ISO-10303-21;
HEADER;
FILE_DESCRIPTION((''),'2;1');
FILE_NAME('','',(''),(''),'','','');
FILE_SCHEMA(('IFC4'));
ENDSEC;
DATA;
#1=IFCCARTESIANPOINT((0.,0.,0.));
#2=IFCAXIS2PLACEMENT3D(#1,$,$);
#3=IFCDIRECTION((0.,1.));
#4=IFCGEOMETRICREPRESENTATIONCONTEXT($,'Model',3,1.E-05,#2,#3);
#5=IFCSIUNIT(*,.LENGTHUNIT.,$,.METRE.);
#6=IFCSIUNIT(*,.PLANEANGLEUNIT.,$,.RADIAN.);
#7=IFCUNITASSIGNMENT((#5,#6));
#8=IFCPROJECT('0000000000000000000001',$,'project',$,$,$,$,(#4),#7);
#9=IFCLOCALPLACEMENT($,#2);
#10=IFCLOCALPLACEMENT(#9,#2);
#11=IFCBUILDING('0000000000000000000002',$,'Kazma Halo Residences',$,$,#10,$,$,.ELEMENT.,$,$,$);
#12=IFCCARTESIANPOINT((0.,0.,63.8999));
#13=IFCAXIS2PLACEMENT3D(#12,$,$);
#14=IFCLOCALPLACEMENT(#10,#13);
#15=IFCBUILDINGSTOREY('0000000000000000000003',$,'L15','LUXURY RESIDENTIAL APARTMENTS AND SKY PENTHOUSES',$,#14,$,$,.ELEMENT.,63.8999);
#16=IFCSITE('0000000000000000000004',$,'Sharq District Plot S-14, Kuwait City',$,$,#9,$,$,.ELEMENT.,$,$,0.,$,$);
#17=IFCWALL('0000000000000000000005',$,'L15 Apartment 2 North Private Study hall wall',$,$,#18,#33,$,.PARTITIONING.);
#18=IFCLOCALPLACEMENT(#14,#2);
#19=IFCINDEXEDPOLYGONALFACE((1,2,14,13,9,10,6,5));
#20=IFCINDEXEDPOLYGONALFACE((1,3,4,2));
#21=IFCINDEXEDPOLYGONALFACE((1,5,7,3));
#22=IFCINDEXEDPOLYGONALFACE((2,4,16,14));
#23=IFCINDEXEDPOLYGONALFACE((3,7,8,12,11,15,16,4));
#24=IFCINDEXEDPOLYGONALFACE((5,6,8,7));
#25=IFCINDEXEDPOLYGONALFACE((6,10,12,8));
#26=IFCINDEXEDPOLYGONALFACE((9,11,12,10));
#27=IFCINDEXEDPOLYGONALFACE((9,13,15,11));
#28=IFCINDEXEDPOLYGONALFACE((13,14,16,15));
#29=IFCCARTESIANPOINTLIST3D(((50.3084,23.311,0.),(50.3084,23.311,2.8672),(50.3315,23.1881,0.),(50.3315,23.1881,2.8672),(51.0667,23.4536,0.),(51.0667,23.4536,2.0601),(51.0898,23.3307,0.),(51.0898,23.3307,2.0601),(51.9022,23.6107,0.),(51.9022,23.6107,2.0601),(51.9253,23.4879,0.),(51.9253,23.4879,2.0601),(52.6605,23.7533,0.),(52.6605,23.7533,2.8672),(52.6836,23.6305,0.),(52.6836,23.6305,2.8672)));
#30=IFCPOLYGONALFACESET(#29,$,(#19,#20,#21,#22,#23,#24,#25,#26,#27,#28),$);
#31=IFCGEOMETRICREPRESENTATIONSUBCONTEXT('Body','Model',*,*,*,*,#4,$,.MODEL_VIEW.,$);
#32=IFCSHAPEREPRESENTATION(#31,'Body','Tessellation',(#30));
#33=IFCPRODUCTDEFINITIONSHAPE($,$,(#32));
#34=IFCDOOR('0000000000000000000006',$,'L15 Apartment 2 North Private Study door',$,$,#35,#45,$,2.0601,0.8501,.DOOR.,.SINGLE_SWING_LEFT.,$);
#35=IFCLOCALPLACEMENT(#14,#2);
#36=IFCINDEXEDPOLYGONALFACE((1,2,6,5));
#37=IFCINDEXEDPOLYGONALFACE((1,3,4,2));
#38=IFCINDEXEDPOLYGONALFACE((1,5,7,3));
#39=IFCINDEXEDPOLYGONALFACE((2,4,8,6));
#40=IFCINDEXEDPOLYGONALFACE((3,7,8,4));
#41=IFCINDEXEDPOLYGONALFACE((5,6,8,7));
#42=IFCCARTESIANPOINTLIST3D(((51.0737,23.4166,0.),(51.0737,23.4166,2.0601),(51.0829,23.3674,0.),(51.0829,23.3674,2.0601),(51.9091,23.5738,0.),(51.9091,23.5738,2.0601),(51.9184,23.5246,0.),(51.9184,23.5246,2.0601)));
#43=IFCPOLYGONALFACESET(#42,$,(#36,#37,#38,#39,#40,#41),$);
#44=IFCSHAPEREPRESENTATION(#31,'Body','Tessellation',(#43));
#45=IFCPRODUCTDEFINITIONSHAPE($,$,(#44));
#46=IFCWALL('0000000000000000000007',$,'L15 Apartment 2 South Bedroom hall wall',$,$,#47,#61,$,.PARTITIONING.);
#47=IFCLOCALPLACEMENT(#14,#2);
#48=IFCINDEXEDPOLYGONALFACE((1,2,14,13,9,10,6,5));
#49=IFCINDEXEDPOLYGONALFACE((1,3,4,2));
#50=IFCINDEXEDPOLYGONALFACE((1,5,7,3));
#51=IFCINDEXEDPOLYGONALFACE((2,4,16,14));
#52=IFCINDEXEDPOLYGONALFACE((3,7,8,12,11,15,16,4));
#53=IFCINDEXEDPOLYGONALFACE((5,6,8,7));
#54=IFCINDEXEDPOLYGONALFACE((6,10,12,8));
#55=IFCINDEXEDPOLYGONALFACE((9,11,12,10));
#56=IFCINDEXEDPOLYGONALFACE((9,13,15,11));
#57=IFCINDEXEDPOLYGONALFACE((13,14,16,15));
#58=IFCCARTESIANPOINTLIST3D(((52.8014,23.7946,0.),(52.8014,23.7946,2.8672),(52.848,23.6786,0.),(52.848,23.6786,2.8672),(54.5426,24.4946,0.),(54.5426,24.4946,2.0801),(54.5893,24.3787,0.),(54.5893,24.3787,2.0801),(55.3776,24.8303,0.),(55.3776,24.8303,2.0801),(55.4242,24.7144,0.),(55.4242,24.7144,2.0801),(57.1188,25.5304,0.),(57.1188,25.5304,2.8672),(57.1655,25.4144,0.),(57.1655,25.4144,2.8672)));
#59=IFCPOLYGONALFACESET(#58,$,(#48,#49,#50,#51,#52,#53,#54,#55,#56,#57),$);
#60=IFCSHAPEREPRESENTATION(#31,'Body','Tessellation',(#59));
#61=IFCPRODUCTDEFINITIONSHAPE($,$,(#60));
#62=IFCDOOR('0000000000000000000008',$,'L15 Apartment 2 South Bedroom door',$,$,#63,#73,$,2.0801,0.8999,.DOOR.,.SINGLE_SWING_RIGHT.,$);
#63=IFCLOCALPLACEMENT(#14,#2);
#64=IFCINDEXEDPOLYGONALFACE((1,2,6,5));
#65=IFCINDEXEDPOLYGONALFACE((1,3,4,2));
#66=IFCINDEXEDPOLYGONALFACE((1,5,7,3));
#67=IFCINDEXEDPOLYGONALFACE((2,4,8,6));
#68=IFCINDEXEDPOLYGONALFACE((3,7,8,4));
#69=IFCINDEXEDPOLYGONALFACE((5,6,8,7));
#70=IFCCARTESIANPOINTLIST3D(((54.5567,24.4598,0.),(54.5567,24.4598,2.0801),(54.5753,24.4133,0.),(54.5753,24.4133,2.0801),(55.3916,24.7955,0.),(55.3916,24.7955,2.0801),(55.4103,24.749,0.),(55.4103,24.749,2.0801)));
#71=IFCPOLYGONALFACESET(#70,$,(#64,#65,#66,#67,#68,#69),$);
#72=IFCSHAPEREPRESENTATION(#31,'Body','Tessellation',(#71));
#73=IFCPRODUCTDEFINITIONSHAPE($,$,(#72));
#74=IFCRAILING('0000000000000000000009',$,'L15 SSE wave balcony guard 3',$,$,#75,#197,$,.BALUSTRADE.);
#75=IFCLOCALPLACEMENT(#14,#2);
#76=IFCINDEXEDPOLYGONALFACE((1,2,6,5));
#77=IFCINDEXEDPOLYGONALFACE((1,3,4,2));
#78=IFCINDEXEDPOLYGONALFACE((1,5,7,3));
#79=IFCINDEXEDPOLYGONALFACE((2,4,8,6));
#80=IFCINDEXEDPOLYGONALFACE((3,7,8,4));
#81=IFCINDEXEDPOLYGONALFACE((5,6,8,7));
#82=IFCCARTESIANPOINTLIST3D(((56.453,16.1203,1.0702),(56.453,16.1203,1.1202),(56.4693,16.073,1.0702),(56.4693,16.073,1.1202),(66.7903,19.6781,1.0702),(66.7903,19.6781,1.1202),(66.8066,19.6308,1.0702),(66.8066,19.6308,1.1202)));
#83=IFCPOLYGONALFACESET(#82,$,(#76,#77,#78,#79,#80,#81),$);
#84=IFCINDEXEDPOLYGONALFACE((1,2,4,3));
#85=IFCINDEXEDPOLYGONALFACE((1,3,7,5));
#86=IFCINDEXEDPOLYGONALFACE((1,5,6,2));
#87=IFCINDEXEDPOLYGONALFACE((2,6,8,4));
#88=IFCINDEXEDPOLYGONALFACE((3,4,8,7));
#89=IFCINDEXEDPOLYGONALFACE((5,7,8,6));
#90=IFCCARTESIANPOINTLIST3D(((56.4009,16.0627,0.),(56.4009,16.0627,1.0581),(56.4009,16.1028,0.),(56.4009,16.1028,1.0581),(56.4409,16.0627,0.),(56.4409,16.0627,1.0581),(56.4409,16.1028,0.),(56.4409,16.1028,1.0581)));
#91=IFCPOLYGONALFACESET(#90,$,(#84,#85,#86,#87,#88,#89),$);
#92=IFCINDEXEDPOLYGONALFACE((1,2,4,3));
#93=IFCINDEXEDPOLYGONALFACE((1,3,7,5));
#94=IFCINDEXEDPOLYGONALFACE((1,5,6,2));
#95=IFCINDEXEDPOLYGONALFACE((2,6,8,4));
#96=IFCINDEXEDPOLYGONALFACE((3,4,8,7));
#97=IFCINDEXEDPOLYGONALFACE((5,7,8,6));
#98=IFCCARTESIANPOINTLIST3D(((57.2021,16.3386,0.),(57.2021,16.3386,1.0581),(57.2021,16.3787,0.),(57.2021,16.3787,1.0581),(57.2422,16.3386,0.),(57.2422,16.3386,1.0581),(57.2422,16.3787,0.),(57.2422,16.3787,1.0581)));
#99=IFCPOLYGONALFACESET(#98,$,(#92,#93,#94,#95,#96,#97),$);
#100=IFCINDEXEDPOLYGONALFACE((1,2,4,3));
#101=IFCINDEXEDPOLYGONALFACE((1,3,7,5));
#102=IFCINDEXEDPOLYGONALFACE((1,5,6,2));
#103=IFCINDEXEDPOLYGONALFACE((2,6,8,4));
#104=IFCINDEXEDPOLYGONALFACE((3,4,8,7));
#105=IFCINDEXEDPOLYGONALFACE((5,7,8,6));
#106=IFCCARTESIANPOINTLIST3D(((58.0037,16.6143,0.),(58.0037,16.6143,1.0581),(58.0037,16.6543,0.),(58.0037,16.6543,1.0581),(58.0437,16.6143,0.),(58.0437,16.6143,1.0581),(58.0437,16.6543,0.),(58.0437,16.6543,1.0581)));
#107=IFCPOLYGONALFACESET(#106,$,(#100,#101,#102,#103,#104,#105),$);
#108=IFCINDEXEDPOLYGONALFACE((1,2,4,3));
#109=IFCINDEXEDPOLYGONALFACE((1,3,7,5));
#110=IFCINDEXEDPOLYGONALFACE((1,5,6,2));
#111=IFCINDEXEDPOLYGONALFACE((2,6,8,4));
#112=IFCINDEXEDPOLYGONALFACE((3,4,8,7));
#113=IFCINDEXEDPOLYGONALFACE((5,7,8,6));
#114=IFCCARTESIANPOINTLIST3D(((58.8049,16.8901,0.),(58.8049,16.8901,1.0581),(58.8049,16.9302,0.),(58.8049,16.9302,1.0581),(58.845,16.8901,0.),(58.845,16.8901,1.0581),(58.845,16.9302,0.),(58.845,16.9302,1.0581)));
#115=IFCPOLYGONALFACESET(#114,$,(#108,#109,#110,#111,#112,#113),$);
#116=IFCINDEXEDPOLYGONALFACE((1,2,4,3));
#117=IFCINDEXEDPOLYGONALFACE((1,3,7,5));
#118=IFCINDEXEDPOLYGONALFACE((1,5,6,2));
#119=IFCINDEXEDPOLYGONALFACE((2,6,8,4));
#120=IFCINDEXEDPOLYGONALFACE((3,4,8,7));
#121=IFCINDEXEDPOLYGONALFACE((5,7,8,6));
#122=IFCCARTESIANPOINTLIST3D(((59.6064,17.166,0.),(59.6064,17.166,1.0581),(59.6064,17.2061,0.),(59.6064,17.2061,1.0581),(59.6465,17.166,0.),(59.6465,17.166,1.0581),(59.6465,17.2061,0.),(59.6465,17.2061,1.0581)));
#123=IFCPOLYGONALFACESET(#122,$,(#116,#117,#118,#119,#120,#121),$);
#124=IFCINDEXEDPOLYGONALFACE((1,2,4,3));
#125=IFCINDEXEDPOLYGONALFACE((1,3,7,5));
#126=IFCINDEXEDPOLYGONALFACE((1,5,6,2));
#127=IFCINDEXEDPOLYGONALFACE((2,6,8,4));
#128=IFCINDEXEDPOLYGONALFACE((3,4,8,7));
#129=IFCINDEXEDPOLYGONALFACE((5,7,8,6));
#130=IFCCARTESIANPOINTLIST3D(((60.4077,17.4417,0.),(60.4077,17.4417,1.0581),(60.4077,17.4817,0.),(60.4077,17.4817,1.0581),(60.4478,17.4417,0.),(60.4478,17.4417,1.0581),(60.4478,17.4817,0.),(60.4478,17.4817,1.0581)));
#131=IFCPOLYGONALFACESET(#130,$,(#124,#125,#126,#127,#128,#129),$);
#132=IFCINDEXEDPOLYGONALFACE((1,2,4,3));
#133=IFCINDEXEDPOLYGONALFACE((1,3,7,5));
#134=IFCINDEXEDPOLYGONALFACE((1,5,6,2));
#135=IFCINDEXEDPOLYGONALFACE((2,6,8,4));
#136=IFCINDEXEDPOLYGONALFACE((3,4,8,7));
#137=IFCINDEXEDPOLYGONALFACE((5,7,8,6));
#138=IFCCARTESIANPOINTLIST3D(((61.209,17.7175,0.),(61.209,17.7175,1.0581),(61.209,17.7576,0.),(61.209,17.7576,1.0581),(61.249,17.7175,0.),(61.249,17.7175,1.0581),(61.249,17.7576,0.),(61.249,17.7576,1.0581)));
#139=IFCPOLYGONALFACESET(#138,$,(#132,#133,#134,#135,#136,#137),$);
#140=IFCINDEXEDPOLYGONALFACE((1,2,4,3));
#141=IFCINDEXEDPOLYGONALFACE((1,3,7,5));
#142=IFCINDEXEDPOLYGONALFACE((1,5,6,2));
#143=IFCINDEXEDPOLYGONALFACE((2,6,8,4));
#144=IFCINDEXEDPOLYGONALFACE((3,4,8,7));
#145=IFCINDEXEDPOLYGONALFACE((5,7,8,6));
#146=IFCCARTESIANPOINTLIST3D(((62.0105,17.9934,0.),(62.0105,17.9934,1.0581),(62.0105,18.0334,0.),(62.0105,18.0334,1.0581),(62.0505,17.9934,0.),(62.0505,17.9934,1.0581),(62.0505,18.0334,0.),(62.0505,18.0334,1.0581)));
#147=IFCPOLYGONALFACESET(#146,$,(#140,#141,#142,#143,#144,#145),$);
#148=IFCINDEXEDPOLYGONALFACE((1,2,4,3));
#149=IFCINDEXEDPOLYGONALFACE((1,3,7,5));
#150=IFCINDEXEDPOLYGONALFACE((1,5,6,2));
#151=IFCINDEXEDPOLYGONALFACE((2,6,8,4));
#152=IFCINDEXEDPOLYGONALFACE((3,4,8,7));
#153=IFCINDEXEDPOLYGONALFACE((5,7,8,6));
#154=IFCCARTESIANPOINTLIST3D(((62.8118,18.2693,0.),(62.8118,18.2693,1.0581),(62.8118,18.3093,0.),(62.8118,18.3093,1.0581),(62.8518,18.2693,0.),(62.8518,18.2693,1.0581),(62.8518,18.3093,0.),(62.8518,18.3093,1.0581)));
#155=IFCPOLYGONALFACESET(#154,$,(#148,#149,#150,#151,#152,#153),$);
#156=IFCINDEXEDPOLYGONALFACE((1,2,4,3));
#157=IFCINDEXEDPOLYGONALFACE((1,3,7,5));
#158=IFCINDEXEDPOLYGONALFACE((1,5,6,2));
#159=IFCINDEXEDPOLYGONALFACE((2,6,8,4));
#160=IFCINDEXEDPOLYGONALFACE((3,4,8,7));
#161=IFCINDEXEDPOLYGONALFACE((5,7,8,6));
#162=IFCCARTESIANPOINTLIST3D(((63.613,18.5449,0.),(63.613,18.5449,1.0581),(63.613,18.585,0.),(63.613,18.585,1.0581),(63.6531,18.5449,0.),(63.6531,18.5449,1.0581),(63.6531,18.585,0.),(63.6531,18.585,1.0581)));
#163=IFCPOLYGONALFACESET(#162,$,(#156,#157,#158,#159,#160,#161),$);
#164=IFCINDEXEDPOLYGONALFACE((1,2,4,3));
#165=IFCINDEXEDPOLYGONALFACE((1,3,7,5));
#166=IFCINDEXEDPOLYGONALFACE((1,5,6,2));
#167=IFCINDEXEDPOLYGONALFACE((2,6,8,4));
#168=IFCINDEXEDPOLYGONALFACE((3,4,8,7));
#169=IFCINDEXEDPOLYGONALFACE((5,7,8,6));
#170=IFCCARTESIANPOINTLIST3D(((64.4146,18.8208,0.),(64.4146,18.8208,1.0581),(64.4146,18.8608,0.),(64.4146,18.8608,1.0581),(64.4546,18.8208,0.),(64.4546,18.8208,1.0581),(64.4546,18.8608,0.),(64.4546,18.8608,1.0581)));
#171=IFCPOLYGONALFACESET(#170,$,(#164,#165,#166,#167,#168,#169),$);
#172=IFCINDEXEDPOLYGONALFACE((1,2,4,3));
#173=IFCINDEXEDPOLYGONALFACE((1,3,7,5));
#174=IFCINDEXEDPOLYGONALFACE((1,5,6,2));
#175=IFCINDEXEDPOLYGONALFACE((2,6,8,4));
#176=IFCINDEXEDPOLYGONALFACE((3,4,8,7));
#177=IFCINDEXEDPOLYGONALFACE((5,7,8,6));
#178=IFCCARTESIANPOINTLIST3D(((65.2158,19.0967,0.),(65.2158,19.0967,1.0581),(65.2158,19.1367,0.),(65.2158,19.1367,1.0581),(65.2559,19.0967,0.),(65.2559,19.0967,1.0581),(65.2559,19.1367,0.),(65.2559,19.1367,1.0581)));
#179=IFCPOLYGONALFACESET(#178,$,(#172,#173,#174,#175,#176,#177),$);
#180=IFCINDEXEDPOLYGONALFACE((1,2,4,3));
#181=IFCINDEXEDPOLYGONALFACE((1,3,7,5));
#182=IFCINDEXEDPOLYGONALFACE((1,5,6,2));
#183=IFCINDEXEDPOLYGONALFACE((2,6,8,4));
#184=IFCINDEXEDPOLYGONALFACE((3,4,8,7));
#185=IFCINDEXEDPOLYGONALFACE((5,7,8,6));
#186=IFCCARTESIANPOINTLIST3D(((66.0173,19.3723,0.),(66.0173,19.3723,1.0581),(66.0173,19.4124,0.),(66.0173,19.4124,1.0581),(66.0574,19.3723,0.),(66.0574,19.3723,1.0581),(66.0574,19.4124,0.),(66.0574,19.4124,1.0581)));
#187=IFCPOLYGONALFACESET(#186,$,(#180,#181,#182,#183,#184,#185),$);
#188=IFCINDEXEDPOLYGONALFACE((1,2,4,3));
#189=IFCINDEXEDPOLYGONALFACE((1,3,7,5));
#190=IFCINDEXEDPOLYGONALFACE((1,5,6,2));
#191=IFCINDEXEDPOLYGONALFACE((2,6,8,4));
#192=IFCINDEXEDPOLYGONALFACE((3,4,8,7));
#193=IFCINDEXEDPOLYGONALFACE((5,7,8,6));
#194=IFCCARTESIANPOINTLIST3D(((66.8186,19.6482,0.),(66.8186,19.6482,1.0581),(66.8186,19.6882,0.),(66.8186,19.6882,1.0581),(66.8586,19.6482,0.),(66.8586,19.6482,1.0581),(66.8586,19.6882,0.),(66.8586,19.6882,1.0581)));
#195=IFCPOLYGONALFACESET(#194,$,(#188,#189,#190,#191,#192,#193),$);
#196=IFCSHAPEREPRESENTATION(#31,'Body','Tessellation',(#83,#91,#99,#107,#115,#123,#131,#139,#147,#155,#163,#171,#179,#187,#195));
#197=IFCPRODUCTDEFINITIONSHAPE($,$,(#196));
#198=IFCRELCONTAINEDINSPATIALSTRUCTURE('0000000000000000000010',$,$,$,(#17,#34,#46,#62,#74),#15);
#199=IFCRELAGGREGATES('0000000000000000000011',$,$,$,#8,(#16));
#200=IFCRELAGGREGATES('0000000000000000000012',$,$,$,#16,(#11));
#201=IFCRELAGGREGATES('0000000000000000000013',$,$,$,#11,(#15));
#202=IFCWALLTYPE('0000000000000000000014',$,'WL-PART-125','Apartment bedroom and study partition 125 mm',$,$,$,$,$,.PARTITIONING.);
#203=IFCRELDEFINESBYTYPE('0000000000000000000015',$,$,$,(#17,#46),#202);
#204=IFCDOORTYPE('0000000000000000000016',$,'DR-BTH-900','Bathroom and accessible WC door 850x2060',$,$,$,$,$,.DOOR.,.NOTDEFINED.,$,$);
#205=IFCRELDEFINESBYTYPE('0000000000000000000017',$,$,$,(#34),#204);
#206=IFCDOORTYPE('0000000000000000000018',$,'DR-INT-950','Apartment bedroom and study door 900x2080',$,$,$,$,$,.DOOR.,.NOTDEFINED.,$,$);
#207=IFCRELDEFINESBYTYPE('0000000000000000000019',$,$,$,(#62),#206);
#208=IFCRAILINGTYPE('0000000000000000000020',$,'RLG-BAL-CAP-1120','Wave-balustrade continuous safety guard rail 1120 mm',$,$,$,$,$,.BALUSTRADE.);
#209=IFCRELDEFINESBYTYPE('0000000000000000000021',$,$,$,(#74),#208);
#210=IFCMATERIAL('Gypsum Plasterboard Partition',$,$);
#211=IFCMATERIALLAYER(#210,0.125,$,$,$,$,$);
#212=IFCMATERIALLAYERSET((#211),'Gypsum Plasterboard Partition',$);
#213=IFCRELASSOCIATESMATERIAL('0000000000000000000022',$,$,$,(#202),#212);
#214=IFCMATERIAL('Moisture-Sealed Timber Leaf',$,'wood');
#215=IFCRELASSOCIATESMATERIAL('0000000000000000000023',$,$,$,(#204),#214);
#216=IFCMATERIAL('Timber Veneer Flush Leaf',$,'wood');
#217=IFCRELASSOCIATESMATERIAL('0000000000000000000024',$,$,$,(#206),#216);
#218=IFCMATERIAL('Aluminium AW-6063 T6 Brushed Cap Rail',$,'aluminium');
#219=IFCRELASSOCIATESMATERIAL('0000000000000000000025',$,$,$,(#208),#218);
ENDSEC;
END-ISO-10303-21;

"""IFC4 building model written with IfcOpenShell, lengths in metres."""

from ifc_helpers import new_model, si_unit, direction, frame, frame_2d, origin, origin_2d, place, context, subcontext, project, spatial, rectangle, extrude, material, layer, layer_set, type_object, element, fill, save


model = new_model("IFC4")

# Units and contexts
model_context = context("Model", 3, precision=1e-05, world=origin(), true_north=direction((0.0, 1.0)))
body_context = subcontext(model_context, "Body", "Model", "MODEL_VIEW")
ifc_project = project(units=[si_unit("LENGTHUNIT", "METRE"), si_unit("PLANEANGLEUNIT", "RADIAN")], contexts=[model_context])

# Site, building, storey
site_placement = place(None, origin())
site = spatial("IfcSite", under=ifc_project, at=site_placement, Name="Sharq District Plot S-14, Kuwait City", CompositionType="ELEMENT", RefElevation=0.0)
building_placement = place(site_placement, origin())
building = spatial("IfcBuilding", under=site, at=building_placement, Name="Kazma Halo Residences", CompositionType="ELEMENT")
storey_placement = place(building_placement, frame((0.0, 0.0, 63.8999)))
storey = spatial("IfcBuildingStorey", under=building, at=storey_placement, Name="L15", Description="LUXURY RESIDENTIAL APARTMENTS AND SKY PENTHOUSES", CompositionType="ELEMENT", Elevation=63.8999)

# Shared definitions
ifc_material_1 = material(Name="Gypsum Plasterboard Partition")
ifc_layer_1 = layer(ifc_material_1, 0.125)
ifc_layer_set_1 = layer_set([ifc_layer_1], Name="Gypsum Plasterboard Partition")
wall_type_1 = type_object("IfcWallType", Name="WL-PART-125", Description="Apartment bedroom and study partition 125 mm", PredefinedType="PARTITIONING", material=ifc_layer_set_1)

# Walls, openings, doors
wall_1_placement = place(storey_placement, frame((50.3198, 23.2495, 0.0), z_axis=(0.0, 0.0, 1.0), x_axis=(0.982768, 0.184843, 0.0)))
wall_1 = element("IfcWall", 1, at=wall_1_placement, inside=storey, type_object=wall_type_1, Name="L15 Apartment 2 North Private Study hall wall", PredefinedType="PARTITIONING", context=body_context, shape_type="SweptSolid", body=[
    extrude(rectangle(XDim=2.3933, YDim=0.125, at=frame_2d((1.1968, 0.0))), origin(), (0.0, 0.0, 1.0), 2.8672),
])
opening_1_placement = place(wall_1_placement, frame((0.7717, 0.0, 0.0)))
opening_1 = element("IfcOpeningElement", 2, at=opening_1_placement, cuts=wall_1, PredefinedType="OPENING", context=body_context, shape_type="SweptSolid", body=[
    extrude(rectangle(XDim=0.8501, YDim=2.0601, at=frame_2d((0.425, 1.03))), frame((0.0, 0.0725, 0.0), z_axis=(0.0, -1.0, 0.0), x_axis=(1.0, 0.0, 0.0)), (0.0, 0.0, 1.0), 0.145),
])
ifc_material_2 = material(Name="Moisture-Sealed Timber Leaf", Category="wood")
door_type_1 = type_object("IfcDoorType", Name="DR-BTH-900", Description="Bathroom and accessible WC door 850x2060", OperationType="NOTDEFINED", PredefinedType="DOOR", material=ifc_material_2)
door_1_placement = place(opening_1_placement, origin())
door_1 = element("IfcDoor", 3, at=door_1_placement, inside=storey, type_object=door_type_1, Name="L15 Apartment 2 North Private Study door", OperationType="SINGLE_SWING_LEFT", OverallHeight=2.0601, OverallWidth=0.8501, PredefinedType="DOOR", context=body_context, shape_type="SweptSolid", body=[
    extrude(rectangle(XDim=0.8501, YDim=2.0601, at=frame_2d((0.425, 1.03))), frame((0.0, 0.0249, 0.0), z_axis=(0.0, -1.0, 0.0), x_axis=(1.0, 0.0, 0.0)), (0.0, 0.0, 1.0), 0.05),
])
fill(opening_1, door_1)
wall_2_placement = place(storey_placement, frame((52.8247, 23.7366, 0.0), z_axis=(0.0, 0.0, 1.0), x_axis=(0.927817, 0.373036, 0.0)))
wall_2 = element("IfcWall", 4, at=wall_2_placement, inside=storey, type_object=wall_type_1, Name="L15 Apartment 2 South Bedroom hall wall", PredefinedType="PARTITIONING", context=body_context, shape_type="SweptSolid", body=[
    extrude(rectangle(XDim=4.6533, YDim=0.125, at=frame_2d((2.3267, 0.0))), origin(), (0.0, 0.0, 1.0), 2.8672),
])
opening_2_placement = place(wall_2_placement, frame((1.8767, 0.0, 0.0)))
opening_2 = element("IfcOpeningElement", 5, at=opening_2_placement, cuts=wall_2, PredefinedType="OPENING", context=body_context, shape_type="SweptSolid", body=[
    extrude(rectangle(XDim=0.8999, YDim=2.0801, at=frame_2d((0.45, 1.04))), frame((0.0, 0.0725, 0.0), z_axis=(0.0, -1.0, 0.0), x_axis=(1.0, 0.0, 0.0)), (0.0, 0.0, 1.0), 0.145),
])
ifc_material_3 = material(Name="Timber Veneer Flush Leaf", Category="wood")
door_type_2 = type_object("IfcDoorType", Name="DR-INT-950", Description="Apartment bedroom and study door 900x2080", OperationType="NOTDEFINED", PredefinedType="DOOR", material=ifc_material_3)
door_2_placement = place(opening_2_placement, origin())
door_2 = element("IfcDoor", 6, at=door_2_placement, inside=storey, type_object=door_type_2, Name="L15 Apartment 2 South Bedroom door", OperationType="SINGLE_SWING_RIGHT", OverallHeight=2.0801, OverallWidth=0.8999, PredefinedType="DOOR", context=body_context, shape_type="SweptSolid", body=[
    extrude(rectangle(XDim=0.8999, YDim=2.0801, at=frame_2d((0.45, 1.04))), frame((0.0, 0.0249, 0.0), z_axis=(0.0, -1.0, 0.0), x_axis=(1.0, 0.0, 0.0)), (0.0, 0.0, 1.0), 0.05),
])
fill(opening_2, door_2)

# Railing
ifc_material_4 = material(Name="Aluminium AW-6063 T6 Brushed Cap Rail", Category="aluminium")
railing_type = type_object("IfcRailingType", Name="RLG-BAL-CAP-1120", Description="Wave-balustrade continuous safety guard rail 1120 mm", PredefinedType="BALUSTRADE", material=ifc_material_4)
railing_placement = place(storey_placement, frame((56.4209, 16.0828, 0.0)))
element("IfcRailing", 7, at=railing_placement, inside=storey, type_object=railing_type, Name="L15 SSE wave balcony guard 3", PredefinedType="BALUSTRADE", context=body_context, shape_type="SweptSolid", body=[
    extrude(rectangle(XDim=0.05, YDim=0.05, at=origin_2d()), frame((0.0403, 0.0139, 1.0952), z_axis=(0.945565, 0.325433, 0.0), x_axis=(-0.325433, 0.945565, 0.0)), (0.0, 0.0, 1.0), 10.9324),
    extrude(rectangle(XDim=0.04, YDim=0.04, at=origin_2d()), origin(), (0.0, 0.0, 1.0), 1.0581),
    extrude(rectangle(XDim=0.04, YDim=0.04, at=origin_2d()), frame((0.8013, 0.2759, 0.0)), (0.0, 0.0, 1.0), 1.0581),
    extrude(rectangle(XDim=0.04, YDim=0.04, at=origin_2d()), frame((1.6028, 0.5515, 0.0)), (0.0, 0.0, 1.0), 1.0581),
    extrude(rectangle(XDim=0.04, YDim=0.04, at=origin_2d()), frame((2.4041, 0.8274, 0.0)), (0.0, 0.0, 1.0), 1.0581),
    extrude(rectangle(XDim=0.04, YDim=0.04, at=origin_2d()), frame((3.2056, 1.1033, 0.0)), (0.0, 0.0, 1.0), 1.0581),
    extrude(rectangle(XDim=0.04, YDim=0.04, at=origin_2d()), frame((4.0068, 1.3789, 0.0)), (0.0, 0.0, 1.0), 1.0581),
    extrude(rectangle(XDim=0.04, YDim=0.04, at=origin_2d()), frame((4.8081, 1.6548, 0.0)), (0.0, 0.0, 1.0), 1.0581),
    extrude(rectangle(XDim=0.04, YDim=0.04, at=origin_2d()), frame((5.6096, 1.9307, 0.0)), (0.0, 0.0, 1.0), 1.0581),
    extrude(rectangle(XDim=0.04, YDim=0.04, at=origin_2d()), frame((6.4109, 2.2065, 0.0)), (0.0, 0.0, 1.0), 1.0581),
    extrude(rectangle(XDim=0.04, YDim=0.04, at=origin_2d()), frame((7.2122, 2.4822, 0.0)), (0.0, 0.0, 1.0), 1.0581),
    extrude(rectangle(XDim=0.04, YDim=0.04, at=origin_2d()), frame((8.0137, 2.7581, 0.0)), (0.0, 0.0, 1.0), 1.0581),
    extrude(rectangle(XDim=0.04, YDim=0.04, at=origin_2d()), frame((8.8149, 3.0339, 0.0)), (0.0, 0.0, 1.0), 1.0581),
    extrude(rectangle(XDim=0.04, YDim=0.04, at=origin_2d()), frame((9.6165, 3.3096, 0.0)), (0.0, 0.0, 1.0), 1.0581),
    extrude(rectangle(XDim=0.04, YDim=0.04, at=origin_2d()), frame((10.4177, 3.5854, 0.0)), (0.0, 0.0, 1.0), 1.0581),
])

save(model, "model.ifc")
